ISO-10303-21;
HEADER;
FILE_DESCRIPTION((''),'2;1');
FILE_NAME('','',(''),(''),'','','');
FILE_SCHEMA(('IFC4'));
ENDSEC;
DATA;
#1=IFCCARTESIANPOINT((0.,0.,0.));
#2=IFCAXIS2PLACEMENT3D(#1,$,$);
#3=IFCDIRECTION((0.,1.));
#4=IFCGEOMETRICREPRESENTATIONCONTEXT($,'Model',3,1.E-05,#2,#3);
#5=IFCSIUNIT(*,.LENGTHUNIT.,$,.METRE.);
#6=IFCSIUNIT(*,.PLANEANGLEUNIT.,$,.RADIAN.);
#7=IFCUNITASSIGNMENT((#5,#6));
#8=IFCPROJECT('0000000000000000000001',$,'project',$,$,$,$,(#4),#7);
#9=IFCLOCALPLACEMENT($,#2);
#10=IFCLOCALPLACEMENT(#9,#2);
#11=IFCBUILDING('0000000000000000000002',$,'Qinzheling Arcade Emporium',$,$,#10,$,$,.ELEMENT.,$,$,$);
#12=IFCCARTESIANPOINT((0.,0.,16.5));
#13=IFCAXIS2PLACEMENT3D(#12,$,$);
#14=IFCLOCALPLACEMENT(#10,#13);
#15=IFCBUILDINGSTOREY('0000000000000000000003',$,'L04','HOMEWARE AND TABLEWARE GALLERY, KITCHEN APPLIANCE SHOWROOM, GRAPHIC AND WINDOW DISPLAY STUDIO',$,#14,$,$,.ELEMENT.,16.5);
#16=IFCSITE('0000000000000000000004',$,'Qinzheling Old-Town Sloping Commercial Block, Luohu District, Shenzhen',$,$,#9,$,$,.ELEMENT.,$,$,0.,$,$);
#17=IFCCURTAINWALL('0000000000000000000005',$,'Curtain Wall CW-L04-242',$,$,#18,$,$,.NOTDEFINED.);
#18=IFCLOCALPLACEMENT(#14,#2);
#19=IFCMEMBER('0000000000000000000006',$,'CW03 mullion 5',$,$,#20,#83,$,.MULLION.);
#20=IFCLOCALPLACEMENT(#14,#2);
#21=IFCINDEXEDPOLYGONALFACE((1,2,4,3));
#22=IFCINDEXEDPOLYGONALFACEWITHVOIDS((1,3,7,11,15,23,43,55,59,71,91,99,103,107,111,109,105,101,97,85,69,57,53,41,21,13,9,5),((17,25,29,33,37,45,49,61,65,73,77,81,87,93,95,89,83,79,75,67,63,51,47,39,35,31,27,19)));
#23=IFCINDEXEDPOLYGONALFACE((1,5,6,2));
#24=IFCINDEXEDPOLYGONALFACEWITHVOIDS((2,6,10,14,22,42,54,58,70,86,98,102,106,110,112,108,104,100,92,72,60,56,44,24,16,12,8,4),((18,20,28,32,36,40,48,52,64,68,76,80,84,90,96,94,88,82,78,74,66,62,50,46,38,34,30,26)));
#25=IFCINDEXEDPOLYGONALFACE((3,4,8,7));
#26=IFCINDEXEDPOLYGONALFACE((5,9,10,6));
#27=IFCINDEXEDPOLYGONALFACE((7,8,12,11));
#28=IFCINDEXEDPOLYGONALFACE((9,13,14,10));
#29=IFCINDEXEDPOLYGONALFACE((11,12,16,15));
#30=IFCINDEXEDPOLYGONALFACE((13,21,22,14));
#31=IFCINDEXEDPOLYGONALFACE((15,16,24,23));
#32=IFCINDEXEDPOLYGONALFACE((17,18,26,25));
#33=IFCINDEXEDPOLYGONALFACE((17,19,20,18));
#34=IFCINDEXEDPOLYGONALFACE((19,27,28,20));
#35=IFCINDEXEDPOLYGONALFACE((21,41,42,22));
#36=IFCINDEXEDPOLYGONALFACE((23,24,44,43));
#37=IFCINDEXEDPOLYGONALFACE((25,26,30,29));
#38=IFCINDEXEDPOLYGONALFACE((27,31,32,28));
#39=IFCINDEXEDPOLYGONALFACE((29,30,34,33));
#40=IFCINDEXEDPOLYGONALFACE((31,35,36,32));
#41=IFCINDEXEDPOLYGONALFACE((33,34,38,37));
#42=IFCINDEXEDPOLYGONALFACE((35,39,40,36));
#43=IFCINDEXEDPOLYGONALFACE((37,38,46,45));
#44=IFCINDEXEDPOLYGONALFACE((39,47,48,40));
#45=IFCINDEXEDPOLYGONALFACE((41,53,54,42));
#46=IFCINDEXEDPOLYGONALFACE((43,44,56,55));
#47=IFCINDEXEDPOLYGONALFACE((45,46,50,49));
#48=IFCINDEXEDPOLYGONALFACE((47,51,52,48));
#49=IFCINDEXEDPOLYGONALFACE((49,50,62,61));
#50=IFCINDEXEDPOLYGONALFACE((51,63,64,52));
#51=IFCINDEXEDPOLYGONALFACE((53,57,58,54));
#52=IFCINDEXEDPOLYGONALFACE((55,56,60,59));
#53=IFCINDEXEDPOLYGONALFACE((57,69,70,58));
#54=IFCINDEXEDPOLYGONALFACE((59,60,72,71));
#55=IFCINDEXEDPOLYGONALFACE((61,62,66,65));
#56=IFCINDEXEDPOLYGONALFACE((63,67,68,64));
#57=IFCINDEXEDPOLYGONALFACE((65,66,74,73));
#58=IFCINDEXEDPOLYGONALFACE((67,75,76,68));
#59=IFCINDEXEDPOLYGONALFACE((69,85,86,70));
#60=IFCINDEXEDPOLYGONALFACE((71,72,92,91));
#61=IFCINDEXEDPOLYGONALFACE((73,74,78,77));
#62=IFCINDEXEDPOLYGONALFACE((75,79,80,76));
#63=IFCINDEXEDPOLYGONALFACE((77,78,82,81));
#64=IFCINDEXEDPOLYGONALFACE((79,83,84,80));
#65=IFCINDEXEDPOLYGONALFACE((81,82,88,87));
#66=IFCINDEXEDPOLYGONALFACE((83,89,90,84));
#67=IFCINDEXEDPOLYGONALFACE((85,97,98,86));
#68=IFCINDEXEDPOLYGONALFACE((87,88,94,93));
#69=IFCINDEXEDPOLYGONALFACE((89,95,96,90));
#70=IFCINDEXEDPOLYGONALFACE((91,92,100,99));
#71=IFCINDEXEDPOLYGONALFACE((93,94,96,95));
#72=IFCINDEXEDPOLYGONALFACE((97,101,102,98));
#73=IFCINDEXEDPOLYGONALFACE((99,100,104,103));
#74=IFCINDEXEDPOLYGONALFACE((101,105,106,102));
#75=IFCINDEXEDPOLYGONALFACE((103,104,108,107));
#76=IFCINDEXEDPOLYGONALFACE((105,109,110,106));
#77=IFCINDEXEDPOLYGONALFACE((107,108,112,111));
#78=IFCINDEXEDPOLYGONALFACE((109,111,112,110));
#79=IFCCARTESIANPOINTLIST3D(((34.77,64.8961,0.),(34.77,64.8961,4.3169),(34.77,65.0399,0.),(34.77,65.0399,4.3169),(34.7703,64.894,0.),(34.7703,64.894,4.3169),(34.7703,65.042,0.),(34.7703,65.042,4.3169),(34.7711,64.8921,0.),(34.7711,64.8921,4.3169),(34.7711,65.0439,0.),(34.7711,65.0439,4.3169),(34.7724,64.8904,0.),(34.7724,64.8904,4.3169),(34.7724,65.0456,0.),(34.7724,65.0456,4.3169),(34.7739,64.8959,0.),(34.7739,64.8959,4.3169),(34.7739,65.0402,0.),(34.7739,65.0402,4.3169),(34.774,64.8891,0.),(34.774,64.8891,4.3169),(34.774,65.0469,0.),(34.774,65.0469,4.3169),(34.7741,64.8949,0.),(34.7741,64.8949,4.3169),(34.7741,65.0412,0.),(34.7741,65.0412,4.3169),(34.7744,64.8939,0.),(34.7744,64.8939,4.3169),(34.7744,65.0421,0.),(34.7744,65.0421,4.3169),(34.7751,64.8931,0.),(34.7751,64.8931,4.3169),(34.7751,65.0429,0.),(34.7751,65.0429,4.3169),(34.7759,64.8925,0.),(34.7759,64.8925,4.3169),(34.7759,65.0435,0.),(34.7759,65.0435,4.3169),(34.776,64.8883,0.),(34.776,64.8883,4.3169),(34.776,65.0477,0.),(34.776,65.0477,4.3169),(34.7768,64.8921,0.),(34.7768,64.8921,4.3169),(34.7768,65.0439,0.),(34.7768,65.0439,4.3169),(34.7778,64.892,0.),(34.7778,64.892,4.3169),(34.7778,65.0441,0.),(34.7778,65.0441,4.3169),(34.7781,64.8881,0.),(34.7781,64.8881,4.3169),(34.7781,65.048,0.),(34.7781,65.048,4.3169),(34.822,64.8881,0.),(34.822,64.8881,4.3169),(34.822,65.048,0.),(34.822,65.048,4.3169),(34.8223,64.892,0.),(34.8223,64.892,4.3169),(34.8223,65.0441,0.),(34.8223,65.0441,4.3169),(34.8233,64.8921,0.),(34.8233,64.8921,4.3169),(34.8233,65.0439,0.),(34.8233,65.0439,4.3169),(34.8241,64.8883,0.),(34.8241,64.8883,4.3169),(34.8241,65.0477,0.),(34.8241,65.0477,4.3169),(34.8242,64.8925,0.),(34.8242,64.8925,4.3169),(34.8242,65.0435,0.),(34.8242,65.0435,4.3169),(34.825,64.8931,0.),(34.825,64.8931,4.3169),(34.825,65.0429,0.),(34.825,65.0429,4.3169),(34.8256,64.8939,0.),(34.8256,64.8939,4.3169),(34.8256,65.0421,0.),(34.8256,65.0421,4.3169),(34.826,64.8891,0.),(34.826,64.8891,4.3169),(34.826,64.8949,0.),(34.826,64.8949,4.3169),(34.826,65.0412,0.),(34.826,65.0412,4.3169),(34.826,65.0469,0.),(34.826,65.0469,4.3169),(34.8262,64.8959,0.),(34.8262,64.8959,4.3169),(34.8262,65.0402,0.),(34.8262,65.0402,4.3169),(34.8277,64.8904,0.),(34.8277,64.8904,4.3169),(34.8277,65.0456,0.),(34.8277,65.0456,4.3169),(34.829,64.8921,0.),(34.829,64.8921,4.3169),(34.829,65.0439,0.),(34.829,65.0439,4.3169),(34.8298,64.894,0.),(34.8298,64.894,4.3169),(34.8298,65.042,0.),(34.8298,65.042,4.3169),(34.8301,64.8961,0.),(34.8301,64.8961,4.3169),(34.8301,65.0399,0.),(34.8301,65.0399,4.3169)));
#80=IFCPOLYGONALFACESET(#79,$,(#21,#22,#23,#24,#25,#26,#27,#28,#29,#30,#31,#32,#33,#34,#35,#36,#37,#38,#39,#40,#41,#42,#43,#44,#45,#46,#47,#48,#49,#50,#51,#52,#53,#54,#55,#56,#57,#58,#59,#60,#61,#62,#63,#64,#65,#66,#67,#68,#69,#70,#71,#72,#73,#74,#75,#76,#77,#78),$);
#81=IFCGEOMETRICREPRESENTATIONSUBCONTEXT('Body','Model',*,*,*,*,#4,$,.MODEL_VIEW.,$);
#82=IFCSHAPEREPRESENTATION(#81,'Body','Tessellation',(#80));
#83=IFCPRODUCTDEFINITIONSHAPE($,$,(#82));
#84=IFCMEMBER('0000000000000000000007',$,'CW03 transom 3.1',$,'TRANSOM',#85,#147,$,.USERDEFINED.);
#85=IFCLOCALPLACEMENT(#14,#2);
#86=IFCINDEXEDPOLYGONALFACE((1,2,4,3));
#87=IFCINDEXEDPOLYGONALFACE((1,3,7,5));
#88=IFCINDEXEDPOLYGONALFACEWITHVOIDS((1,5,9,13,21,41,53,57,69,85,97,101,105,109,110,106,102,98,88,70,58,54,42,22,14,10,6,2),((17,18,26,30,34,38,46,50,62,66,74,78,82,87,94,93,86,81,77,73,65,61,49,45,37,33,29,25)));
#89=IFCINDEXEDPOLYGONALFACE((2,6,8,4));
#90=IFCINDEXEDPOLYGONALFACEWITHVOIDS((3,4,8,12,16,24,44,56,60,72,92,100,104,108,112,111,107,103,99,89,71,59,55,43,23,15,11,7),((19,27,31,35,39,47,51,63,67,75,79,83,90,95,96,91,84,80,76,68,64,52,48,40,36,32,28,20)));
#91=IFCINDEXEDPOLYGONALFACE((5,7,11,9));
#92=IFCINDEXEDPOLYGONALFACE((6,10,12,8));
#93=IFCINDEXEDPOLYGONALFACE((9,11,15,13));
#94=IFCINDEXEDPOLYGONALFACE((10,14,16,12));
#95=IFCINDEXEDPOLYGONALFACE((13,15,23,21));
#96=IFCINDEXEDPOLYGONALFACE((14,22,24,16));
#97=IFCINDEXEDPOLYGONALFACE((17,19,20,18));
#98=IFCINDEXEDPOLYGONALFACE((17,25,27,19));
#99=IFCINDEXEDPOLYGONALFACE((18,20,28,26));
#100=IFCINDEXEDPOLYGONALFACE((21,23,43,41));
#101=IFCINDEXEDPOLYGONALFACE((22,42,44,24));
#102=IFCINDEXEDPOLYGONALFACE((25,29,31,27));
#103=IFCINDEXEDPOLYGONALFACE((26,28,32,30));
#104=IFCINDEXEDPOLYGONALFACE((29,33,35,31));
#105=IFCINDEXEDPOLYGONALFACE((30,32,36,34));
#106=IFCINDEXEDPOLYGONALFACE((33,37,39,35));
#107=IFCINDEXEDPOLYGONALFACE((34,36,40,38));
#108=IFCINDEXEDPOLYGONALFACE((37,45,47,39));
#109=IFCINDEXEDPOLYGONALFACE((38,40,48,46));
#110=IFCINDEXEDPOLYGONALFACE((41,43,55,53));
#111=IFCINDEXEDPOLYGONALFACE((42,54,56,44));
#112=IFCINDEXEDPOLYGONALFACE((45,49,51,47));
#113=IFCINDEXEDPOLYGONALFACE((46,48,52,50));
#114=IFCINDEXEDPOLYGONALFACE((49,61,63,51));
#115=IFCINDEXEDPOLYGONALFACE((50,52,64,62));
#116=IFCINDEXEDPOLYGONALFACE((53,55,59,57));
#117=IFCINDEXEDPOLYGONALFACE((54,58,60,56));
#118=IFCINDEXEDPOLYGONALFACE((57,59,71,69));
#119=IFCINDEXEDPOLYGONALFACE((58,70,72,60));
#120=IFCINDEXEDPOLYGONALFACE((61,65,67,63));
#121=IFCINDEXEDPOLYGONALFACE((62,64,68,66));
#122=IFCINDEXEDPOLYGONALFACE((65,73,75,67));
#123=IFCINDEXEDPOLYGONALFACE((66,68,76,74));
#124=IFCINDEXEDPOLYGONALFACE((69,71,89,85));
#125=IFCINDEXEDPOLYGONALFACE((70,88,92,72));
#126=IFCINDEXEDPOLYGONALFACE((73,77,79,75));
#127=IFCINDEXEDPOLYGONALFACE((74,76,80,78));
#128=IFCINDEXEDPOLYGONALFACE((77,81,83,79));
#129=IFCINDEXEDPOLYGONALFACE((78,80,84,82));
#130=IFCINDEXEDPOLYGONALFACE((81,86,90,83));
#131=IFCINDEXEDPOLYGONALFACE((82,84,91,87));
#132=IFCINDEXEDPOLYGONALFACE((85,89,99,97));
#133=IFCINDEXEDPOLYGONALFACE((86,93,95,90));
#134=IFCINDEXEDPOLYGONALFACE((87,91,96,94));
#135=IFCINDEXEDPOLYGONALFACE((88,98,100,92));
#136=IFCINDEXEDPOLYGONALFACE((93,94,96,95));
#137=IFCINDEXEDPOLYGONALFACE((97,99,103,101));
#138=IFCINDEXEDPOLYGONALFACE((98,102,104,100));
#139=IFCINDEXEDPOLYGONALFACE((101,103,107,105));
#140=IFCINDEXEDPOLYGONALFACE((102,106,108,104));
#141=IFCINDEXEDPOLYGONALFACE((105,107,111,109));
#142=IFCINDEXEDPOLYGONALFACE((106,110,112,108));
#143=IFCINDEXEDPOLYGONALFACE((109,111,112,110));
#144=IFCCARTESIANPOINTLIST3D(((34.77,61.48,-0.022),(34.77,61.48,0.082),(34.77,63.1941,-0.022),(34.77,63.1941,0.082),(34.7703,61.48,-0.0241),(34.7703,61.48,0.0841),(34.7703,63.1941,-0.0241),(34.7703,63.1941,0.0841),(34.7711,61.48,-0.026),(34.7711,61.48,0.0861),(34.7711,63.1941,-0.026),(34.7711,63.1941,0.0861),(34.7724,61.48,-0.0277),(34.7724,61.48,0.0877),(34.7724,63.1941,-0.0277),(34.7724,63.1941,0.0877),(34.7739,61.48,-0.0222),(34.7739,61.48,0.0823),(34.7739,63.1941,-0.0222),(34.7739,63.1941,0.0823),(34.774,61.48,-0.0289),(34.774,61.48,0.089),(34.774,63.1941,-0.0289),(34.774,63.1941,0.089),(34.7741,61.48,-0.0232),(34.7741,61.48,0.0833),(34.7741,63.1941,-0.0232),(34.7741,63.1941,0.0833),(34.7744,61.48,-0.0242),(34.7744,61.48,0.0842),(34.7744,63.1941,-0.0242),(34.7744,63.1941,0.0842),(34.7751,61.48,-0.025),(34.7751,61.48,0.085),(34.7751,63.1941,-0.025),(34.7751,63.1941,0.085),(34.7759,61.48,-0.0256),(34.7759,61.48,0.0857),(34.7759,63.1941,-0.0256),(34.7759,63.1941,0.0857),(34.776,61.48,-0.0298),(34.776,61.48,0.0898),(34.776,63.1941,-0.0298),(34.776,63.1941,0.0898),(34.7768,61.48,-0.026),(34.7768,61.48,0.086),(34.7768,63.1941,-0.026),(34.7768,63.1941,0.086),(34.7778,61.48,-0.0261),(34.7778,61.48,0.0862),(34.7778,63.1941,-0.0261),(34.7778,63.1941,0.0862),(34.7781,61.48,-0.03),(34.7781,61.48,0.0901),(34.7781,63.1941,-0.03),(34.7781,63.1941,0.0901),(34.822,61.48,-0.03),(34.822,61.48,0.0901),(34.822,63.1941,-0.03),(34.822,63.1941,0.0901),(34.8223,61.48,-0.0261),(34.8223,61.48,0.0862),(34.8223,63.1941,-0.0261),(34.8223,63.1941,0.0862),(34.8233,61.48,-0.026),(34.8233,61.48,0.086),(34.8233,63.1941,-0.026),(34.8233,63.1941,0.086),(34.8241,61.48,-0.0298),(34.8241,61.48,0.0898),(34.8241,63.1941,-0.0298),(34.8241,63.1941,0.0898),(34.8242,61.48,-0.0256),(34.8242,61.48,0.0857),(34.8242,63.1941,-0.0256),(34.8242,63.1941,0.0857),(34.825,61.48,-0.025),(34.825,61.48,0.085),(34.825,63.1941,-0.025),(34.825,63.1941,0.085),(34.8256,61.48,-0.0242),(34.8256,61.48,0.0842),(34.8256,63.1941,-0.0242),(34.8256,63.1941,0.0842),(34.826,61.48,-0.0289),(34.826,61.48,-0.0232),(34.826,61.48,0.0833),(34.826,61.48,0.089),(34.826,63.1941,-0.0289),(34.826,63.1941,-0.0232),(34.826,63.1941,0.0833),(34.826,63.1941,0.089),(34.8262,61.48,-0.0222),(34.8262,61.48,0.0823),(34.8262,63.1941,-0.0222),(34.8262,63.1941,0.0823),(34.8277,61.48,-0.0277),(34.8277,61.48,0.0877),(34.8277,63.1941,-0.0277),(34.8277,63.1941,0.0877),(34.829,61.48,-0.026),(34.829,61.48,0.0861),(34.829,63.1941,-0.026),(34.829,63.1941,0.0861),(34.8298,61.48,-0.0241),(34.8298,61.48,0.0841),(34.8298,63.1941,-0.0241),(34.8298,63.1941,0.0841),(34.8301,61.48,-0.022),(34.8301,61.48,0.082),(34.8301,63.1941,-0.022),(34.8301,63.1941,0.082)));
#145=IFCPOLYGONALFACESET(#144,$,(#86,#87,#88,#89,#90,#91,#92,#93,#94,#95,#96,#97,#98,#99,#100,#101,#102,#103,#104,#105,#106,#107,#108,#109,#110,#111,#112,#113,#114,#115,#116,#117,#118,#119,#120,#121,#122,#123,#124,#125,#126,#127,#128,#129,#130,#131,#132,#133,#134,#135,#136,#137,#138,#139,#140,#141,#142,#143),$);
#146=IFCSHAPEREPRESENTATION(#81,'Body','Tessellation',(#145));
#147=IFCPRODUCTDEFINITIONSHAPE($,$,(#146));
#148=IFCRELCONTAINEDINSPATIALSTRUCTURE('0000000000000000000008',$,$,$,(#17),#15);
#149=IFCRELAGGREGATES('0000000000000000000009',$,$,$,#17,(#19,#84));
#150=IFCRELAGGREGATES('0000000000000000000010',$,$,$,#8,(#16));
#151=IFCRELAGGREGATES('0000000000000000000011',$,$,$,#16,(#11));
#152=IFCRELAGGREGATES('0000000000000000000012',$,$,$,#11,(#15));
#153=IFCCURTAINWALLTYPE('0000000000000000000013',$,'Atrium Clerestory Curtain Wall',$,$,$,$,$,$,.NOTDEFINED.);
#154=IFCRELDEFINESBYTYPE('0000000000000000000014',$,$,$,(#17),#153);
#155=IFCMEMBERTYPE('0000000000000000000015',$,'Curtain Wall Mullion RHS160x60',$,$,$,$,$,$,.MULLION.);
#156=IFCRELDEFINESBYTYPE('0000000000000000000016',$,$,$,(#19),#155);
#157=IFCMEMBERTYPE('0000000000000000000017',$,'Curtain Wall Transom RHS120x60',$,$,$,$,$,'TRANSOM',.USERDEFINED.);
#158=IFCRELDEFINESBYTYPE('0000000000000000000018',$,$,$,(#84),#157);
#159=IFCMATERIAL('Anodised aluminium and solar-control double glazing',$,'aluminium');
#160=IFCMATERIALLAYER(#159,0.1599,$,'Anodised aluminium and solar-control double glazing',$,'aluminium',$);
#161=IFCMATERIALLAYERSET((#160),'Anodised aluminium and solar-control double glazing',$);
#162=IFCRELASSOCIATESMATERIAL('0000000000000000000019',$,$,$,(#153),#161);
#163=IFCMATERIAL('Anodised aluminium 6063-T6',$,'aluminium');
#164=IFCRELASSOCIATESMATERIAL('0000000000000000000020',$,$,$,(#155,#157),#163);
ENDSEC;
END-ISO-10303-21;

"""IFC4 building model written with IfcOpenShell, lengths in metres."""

from ifc_helpers import new_model, si_unit, direction, frame, origin, origin_2d, place, context, subcontext, project, spatial, hollow_rectangle, extrude, material, layer, layer_set, material_profile, profile_set, type_object, element, aggregate, save


model = new_model("IFC4")

# Units and contexts
model_context = context("Model", 3, precision=1e-05, world=origin(), true_north=direction((0.0, 1.0)))
body_context = subcontext(model_context, "Body", "Model", "MODEL_VIEW")
ifc_project = project(units=[si_unit("LENGTHUNIT", "METRE"), si_unit("PLANEANGLEUNIT", "RADIAN")], contexts=[model_context])

# Site, building, storey
site_placement = place(None, origin())
site = spatial("IfcSite", under=ifc_project, at=site_placement, Name="Qinzheling Old-Town Sloping Commercial Block, Luohu District, Shenzhen", CompositionType="ELEMENT", RefElevation=0.0)
building_placement = place(site_placement, origin())
building = spatial("IfcBuilding", under=site, at=building_placement, Name="Qinzheling Arcade Emporium", CompositionType="ELEMENT")
storey_placement = place(building_placement, frame((0.0, 0.0, 16.5)))
storey = spatial("IfcBuildingStorey", under=building, at=storey_placement, Name="L04", Description="HOMEWARE AND TABLEWARE GALLERY, KITCHEN APPLIANCE SHOWROOM, GRAPHIC AND WINDOW DISPLAY STUDIO", CompositionType="ELEMENT", Elevation=16.5)

# Curtain wall, members
ifc_material_1 = material(Name="Anodised aluminium and solar-control double glazing", Category="aluminium")
ifc_layer_1 = layer(ifc_material_1, 0.1599, Name="Anodised aluminium and solar-control double glazing", Category="aluminium")
ifc_layer_set_1 = layer_set([ifc_layer_1], Name="Anodised aluminium and solar-control double glazing")
curtain_wall_type = type_object("IfcCurtainWallType", Name="Atrium Clerestory Curtain Wall", PredefinedType="NOTDEFINED", material=ifc_layer_set_1)
curtain_wall_placement = place(storey_placement, origin())
curtain_wall = element("IfcCurtainWall", 1, at=curtain_wall_placement, inside=storey, type_object=curtain_wall_type, Name="Curtain Wall CW-L04-242", PredefinedType="NOTDEFINED")
ifc_material_2 = material(Name="Anodised aluminium 6063-T6", Category="aluminium")
ifc_material_profile_1 = material_profile(ifc_material_2, hollow_rectangle(XDim=0.0601, YDim=0.1599, WallThickness=0.0039, InnerFilletRadius=0.0039, OuterFilletRadius=0.0081, at=origin_2d()), Name="RHS 160x60x4", Category="aluminium")
ifc_profile_set_1 = profile_set([ifc_material_profile_1], Name="Anodised aluminium 6063-T6")
member_type_1 = type_object("IfcMemberType", Name="Curtain Wall Mullion RHS160x60", PredefinedType="MULLION", material=ifc_profile_set_1)
member_1_placement = place(storey_placement, frame((34.8, 64.968, 0.0), z_axis=(0.0, 0.0, 1.0), x_axis=(-1.0, 0.0, 0.0)))
member_1 = element("IfcMember", 2, at=member_1_placement, type_object=member_type_1, Name="CW03 mullion 5", PredefinedType="MULLION", context=body_context, shape_type="SweptSolid", body=[
    extrude(hollow_rectangle(XDim=0.0601, YDim=0.1599, WallThickness=0.0039, InnerFilletRadius=0.0039, OuterFilletRadius=0.0081, at=origin_2d()), origin(), (0.0, 0.0, 1.0), 4.3169),
])
ifc_material_profile_2 = material_profile(ifc_material_2, hollow_rectangle(XDim=0.0601, YDim=0.1201, WallThickness=0.0039, InnerFilletRadius=0.0039, OuterFilletRadius=0.0081, at=origin_2d()), Name="RHS 120x60x4", Category="aluminium")
ifc_profile_set_2 = profile_set([ifc_material_profile_2], Name="Anodised aluminium 6063-T6")
member_type_2 = type_object("IfcMemberType", Name="Curtain Wall Transom RHS120x60", ElementType="TRANSOM", PredefinedType="USERDEFINED", material=ifc_profile_set_2)
member_2_placement = place(storey_placement, frame((34.8, 61.48, 0.03), z_axis=(0.0, 1.0, 0.0), x_axis=(-1.0, 0.0, 0.0)))
member_2 = element("IfcMember", 3, at=member_2_placement, type_object=member_type_2, Name="CW03 transom 3.1", ObjectType="TRANSOM", PredefinedType="USERDEFINED", context=body_context, shape_type="SweptSolid", body=[
    extrude(hollow_rectangle(XDim=0.0601, YDim=0.1201, WallThickness=0.0039, InnerFilletRadius=0.0039, OuterFilletRadius=0.0081, at=origin_2d()), origin(), (0.0, 0.0, 1.0), 1.7141),
])
aggregate(curtain_wall, [member_1, member_2])

save(model, "model.ifc")
